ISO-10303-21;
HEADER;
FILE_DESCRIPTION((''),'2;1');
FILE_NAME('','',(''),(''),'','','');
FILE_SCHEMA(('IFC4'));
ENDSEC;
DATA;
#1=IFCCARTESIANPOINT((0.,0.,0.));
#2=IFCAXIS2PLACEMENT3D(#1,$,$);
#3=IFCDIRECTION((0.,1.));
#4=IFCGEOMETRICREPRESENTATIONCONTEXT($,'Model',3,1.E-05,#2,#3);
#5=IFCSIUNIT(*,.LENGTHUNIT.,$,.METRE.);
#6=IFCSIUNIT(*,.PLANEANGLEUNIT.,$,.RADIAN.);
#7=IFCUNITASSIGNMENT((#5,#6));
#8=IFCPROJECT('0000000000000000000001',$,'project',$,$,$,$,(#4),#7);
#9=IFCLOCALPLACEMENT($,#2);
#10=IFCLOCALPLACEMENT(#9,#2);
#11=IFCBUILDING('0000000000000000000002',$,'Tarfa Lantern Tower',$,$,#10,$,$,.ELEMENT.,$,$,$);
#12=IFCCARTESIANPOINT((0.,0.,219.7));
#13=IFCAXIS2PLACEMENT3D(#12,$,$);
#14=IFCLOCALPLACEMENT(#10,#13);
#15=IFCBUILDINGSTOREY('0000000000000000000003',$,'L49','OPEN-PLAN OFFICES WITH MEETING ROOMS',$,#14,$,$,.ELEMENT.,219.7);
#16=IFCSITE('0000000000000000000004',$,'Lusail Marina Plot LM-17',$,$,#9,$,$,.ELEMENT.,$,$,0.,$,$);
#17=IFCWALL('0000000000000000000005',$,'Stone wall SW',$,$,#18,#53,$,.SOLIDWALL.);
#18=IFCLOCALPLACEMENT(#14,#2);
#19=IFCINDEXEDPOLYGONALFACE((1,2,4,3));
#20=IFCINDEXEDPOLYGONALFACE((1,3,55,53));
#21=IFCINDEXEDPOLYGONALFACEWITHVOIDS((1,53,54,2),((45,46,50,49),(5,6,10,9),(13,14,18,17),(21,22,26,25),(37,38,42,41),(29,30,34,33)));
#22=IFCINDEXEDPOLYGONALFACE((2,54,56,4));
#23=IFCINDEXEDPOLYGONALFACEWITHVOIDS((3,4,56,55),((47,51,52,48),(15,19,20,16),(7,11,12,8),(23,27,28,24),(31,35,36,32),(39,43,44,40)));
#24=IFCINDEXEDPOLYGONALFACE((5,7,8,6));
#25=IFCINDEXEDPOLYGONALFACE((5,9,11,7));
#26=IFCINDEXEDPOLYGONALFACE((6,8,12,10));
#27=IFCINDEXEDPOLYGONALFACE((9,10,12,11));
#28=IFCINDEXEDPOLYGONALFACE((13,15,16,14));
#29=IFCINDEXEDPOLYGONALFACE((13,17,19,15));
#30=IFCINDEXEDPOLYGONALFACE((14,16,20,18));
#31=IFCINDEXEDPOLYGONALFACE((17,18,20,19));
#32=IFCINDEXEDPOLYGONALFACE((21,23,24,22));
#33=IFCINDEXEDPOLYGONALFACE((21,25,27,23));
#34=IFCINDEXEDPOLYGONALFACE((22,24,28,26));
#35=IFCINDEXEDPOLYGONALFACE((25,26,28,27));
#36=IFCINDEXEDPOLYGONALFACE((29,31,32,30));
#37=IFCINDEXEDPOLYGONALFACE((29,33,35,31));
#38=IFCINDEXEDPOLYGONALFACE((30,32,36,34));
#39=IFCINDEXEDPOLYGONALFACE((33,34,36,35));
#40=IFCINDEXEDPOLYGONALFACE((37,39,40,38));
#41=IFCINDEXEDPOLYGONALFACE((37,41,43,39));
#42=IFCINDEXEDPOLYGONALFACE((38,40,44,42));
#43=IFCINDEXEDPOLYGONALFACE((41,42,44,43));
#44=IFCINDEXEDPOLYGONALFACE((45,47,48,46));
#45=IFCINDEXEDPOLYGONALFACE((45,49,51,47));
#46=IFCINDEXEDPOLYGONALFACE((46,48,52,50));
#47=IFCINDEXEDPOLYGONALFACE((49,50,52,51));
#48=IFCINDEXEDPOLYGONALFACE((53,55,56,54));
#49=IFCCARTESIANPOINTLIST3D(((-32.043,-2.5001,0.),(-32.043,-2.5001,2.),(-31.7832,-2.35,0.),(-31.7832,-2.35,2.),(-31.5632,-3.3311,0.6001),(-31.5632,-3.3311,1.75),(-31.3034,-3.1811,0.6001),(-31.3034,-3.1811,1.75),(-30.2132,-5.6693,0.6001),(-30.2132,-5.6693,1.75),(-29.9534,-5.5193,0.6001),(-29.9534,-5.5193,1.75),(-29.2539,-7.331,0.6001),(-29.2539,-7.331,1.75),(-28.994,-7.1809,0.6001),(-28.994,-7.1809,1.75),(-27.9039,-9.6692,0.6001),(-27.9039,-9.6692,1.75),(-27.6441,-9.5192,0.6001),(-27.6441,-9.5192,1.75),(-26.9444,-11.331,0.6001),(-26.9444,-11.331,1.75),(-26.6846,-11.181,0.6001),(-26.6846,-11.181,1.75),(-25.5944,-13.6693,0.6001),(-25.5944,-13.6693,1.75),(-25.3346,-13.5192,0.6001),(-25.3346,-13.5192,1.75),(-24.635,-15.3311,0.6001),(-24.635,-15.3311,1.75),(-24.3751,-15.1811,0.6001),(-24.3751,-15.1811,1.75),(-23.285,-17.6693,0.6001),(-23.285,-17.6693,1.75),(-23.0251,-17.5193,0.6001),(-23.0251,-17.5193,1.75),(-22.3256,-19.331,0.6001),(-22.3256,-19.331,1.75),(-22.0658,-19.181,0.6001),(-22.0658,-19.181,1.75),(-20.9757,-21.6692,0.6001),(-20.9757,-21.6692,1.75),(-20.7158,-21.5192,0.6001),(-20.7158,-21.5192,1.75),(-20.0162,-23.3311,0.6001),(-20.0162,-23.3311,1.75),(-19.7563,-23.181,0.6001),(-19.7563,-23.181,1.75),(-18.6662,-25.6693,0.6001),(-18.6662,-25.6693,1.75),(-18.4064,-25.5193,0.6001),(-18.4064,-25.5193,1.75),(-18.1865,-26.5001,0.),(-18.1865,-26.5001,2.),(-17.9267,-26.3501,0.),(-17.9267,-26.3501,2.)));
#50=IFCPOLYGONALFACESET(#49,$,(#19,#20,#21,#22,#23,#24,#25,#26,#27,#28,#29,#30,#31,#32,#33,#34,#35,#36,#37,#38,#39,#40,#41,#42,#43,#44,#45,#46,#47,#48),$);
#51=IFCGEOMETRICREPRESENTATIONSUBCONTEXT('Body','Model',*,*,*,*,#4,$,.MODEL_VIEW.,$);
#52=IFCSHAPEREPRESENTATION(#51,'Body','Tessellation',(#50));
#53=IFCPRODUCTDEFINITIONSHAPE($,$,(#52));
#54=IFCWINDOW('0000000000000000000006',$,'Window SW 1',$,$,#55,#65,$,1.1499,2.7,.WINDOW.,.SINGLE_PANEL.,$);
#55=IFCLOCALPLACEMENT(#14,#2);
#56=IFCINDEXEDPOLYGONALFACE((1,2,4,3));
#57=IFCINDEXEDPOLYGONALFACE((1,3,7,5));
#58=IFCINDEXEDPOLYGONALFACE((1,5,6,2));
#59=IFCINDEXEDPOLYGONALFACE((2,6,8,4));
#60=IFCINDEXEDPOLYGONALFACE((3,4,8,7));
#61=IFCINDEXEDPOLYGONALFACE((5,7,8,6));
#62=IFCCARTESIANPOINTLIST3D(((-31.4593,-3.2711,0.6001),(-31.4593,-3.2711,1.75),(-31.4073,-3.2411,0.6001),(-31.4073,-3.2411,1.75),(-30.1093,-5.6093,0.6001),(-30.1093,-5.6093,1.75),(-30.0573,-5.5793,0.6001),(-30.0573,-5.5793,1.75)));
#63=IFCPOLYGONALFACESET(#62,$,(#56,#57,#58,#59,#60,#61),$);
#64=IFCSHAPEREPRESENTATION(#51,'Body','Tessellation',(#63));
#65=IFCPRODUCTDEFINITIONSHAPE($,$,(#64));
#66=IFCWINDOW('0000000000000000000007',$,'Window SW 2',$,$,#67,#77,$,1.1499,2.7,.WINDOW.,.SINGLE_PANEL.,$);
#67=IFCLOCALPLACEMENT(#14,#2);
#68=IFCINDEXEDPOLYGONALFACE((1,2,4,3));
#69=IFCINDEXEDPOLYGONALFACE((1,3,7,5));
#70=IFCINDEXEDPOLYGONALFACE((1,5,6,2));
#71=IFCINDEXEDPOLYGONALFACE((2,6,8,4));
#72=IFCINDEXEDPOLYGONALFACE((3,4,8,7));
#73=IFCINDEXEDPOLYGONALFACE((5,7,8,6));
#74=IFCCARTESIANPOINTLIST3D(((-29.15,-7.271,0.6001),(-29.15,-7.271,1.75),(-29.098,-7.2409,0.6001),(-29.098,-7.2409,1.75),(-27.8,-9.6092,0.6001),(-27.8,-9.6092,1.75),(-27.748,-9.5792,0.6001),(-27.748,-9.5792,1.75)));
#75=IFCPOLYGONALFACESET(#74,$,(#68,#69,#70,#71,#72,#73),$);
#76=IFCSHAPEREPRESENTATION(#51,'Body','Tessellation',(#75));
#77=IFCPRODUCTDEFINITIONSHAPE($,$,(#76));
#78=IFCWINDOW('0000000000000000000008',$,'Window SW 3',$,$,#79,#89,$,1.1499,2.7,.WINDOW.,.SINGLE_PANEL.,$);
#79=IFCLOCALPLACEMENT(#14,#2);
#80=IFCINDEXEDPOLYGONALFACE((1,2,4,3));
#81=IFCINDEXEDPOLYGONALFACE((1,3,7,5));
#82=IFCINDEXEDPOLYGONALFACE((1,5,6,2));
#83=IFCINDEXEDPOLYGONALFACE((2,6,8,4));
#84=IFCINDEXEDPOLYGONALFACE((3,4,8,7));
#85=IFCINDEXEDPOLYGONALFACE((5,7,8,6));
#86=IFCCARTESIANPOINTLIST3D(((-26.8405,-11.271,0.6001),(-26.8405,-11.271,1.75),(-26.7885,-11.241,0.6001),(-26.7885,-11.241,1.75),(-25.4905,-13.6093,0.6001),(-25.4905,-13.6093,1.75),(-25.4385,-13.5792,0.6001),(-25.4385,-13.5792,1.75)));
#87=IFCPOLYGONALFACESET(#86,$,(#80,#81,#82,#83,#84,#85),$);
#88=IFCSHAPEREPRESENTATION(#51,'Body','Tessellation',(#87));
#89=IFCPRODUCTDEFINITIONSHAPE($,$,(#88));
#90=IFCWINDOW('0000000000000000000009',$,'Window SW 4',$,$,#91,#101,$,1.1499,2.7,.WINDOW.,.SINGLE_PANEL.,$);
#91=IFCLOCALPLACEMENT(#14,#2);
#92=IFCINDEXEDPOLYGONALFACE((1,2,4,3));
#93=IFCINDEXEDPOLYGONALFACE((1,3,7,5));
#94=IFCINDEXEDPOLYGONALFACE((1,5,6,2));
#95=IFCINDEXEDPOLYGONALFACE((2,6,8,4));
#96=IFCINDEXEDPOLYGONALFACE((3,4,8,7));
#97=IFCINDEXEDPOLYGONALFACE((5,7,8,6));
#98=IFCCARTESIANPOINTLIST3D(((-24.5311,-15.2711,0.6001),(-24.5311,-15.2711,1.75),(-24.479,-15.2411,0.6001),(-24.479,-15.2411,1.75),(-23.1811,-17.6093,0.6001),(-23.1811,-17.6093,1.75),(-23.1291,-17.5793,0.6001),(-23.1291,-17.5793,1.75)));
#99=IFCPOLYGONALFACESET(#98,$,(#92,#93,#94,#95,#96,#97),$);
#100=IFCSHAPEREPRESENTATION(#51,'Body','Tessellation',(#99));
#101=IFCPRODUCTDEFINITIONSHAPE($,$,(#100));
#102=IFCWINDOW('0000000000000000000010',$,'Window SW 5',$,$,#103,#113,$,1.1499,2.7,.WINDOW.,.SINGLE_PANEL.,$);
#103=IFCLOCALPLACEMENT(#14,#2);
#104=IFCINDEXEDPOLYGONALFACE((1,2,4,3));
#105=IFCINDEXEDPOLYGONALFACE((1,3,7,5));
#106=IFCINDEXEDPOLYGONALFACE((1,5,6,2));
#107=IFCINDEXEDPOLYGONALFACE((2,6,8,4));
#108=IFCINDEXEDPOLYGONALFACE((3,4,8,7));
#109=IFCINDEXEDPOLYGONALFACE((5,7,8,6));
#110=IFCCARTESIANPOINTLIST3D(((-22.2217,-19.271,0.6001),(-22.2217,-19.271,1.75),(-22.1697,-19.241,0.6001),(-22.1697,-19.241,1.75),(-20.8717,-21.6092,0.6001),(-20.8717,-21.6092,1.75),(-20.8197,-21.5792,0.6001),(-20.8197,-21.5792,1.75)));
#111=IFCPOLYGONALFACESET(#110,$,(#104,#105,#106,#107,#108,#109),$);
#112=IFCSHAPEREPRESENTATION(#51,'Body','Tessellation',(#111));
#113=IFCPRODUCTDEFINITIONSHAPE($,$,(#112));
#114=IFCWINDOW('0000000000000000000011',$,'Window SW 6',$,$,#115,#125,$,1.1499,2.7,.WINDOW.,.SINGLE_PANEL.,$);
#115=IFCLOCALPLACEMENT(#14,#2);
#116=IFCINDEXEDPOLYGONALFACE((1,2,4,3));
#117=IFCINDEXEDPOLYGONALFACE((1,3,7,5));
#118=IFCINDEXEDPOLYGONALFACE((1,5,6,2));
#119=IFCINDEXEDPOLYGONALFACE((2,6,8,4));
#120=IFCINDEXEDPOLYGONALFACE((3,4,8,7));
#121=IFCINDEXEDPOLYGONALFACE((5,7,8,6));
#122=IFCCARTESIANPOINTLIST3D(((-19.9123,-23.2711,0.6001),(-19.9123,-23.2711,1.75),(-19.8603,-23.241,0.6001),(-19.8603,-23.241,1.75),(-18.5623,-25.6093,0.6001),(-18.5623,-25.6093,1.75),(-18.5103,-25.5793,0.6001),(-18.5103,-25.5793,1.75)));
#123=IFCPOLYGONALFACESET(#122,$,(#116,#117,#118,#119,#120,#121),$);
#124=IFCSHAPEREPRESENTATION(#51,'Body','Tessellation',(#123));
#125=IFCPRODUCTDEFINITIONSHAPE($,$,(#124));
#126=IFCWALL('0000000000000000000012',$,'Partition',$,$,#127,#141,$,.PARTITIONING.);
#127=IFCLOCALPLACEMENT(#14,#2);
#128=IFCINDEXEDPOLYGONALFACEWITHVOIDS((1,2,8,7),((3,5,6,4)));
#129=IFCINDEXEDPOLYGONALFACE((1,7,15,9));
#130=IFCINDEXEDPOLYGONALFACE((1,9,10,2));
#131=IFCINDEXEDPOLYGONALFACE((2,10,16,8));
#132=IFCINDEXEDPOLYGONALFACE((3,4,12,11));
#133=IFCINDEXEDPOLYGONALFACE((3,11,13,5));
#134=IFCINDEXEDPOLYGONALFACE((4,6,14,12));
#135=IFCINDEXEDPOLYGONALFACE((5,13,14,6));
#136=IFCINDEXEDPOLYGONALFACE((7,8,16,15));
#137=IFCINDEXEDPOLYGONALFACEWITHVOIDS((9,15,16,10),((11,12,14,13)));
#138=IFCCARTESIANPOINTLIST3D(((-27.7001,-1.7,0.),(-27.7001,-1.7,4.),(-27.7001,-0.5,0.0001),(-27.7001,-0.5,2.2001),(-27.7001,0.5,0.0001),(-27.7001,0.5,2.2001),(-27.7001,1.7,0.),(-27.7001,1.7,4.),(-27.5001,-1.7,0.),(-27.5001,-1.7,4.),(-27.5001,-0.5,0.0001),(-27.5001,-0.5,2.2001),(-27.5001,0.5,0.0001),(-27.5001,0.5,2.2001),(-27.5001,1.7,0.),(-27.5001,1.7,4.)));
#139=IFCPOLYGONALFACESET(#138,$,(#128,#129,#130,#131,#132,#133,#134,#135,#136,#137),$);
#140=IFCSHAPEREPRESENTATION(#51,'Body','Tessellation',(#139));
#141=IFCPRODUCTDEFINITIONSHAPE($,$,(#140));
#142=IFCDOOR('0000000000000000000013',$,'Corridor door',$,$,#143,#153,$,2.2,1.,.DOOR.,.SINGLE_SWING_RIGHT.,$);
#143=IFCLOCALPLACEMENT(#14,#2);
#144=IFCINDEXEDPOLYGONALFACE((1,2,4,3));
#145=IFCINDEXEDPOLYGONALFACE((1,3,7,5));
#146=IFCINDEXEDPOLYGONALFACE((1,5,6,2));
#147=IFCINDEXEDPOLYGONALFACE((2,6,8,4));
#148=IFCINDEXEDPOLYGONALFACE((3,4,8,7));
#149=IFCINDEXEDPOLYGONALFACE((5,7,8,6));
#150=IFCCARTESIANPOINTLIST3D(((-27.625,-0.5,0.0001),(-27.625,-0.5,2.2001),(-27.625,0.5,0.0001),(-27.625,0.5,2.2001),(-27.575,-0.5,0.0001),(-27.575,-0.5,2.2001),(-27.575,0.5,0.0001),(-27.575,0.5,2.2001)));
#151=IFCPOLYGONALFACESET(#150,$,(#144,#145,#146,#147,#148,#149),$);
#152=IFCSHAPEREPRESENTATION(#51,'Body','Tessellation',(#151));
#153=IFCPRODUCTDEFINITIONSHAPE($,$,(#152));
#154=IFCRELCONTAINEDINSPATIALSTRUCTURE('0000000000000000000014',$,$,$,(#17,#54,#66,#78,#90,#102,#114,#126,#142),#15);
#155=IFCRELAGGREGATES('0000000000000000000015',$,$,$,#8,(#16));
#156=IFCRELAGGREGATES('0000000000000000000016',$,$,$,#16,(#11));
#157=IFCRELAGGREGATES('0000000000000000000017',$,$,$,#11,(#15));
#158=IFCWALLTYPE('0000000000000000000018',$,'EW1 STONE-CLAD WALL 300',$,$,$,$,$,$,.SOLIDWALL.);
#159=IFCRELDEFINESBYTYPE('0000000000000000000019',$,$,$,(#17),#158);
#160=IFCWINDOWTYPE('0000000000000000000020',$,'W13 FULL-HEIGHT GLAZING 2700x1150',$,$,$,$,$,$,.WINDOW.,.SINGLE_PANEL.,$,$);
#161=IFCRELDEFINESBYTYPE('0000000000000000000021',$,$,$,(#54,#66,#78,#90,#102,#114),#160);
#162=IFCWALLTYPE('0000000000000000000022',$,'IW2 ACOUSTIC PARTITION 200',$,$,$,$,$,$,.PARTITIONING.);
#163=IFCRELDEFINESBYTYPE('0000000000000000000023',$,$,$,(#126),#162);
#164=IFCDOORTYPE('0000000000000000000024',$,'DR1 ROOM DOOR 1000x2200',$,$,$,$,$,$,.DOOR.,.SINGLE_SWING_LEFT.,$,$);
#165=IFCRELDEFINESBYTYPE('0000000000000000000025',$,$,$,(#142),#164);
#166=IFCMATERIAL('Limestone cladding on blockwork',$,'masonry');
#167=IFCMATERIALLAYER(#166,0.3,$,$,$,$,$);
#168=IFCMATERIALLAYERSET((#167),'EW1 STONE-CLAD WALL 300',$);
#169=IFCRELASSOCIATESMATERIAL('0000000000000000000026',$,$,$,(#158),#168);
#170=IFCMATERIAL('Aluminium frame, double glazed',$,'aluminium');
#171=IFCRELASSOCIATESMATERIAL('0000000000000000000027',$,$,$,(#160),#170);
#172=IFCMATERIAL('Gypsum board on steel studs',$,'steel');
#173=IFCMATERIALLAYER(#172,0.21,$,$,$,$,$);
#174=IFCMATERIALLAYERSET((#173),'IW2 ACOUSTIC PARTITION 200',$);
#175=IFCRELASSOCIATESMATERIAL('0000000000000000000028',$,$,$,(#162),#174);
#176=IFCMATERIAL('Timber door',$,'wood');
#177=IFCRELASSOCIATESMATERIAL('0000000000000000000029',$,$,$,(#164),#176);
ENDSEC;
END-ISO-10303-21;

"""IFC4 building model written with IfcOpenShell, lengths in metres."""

from ifc_helpers import new_model, si_unit, direction, frame, frame_2d, origin, place, context, subcontext, project, spatial, rectangle, extrude, material, layer, layer_set, type_object, element, fill, save


model = new_model("IFC4")

# Units and contexts
model_context = context("Model", 3, precision=1e-05, world=origin(), true_north=direction((0.0, 1.0)))
body_context = subcontext(model_context, "Body", "Model", "MODEL_VIEW")
ifc_project = project(units=[si_unit("LENGTHUNIT", "METRE"), si_unit("PLANEANGLEUNIT", "RADIAN")], contexts=[model_context])

# Site, building, storey
site_placement = place(None, origin())
site = spatial("IfcSite", under=ifc_project, at=site_placement, Name="Lusail Marina Plot LM-17", CompositionType="ELEMENT", RefElevation=0.0)
building_placement = place(site_placement, origin())
building = spatial("IfcBuilding", under=site, at=building_placement, Name="Tarfa Lantern Tower", CompositionType="ELEMENT")
storey_placement = place(building_placement, frame((0.0, 0.0, 219.7)))
storey = spatial("IfcBuildingStorey", under=building, at=storey_placement, Name="L49", Description="OPEN-PLAN OFFICES WITH MEETING ROOMS", CompositionType="ELEMENT", Elevation=219.7)

# Wall, openings, windows
ifc_material_1 = material(Name="Limestone cladding on blockwork", Category="masonry")
ifc_layer_1 = layer(ifc_material_1, 0.3)
ifc_layer_set_1 = layer_set([ifc_layer_1], Name="EW1 STONE-CLAD WALL 300")
wall_type_1 = type_object("IfcWallType", Name="EW1 STONE-CLAD WALL 300", PredefinedType="SOLIDWALL", material=ifc_layer_set_1)
wall_1_placement = place(storey_placement, frame((-31.9131, -2.425, 0.0), z_axis=(0.0, 0.0, 1.0), x_axis=(0.500001, -0.866025, 0.0)))
wall_1 = element("IfcWall", 1, at=wall_1_placement, inside=storey, type_object=wall_type_1, Name="Stone wall SW", PredefinedType="SOLIDWALL", context=body_context, shape_type="SweptSolid", body=[
    extrude(rectangle(XDim=27.7129, YDim=0.3, at=frame_2d((13.8564, 0.0))), origin(), (0.0, 0.0, 1.0), 2.0),
])
opening_1_placement = place(wall_1_placement, frame((0.9595, 0.0, 0.6001)))
opening_1 = element("IfcOpeningElement", 2, at=opening_1_placement, cuts=wall_1, PredefinedType="OPENING", context=body_context, shape_type="SweptSolid", body=[
    extrude(rectangle(XDim=2.7, YDim=1.1499, at=frame_2d((1.3501, 0.575))), frame((0.0, 0.1599, 0.0), z_axis=(0.0, -1.0, 0.0), x_axis=(1.0, 0.0, 0.0)), (0.0, 0.0, 1.0), 0.3201),
])
opening_2_placement = place(wall_1_placement, frame((5.5781, 0.0, 0.6001)))
opening_2 = element("IfcOpeningElement", 3, at=opening_2_placement, cuts=wall_1, PredefinedType="OPENING", context=body_context, shape_type="SweptSolid", body=[
    extrude(rectangle(XDim=2.7, YDim=1.1499, at=frame_2d((1.3501, 0.575))), frame((0.0, 0.1599, 0.0), z_axis=(0.0, -1.0, 0.0), x_axis=(1.0, 0.0, 0.0)), (0.0, 0.0, 1.0), 0.3201),
])
opening_3_placement = place(wall_1_placement, frame((10.197, 0.0, 0.6001)))
opening_3 = element("IfcOpeningElement", 4, at=opening_3_placement, cuts=wall_1, PredefinedType="OPENING", context=body_context, shape_type="SweptSolid", body=[
    extrude(rectangle(XDim=2.7, YDim=1.1499, at=frame_2d((1.3501, 0.575))), frame((0.0, 0.1599, 0.0), z_axis=(0.0, -1.0, 0.0), x_axis=(1.0, 0.0, 0.0)), (0.0, 0.0, 1.0), 0.3201),
])
opening_4_placement = place(wall_1_placement, frame((14.8159, 0.0, 0.6001)))
opening_4 = element("IfcOpeningElement", 5, at=opening_4_placement, cuts=wall_1, PredefinedType="OPENING", context=body_context, shape_type="SweptSolid", body=[
    extrude(rectangle(XDim=2.7, YDim=1.1499, at=frame_2d((1.3501, 0.575))), frame((0.0, 0.1599, 0.0), z_axis=(0.0, -1.0, 0.0), x_axis=(1.0, 0.0, 0.0)), (0.0, 0.0, 1.0), 0.3201),
])
opening_5_placement = place(wall_1_placement, frame((19.4346, 0.0, 0.6001)))
opening_5 = element("IfcOpeningElement", 6, at=opening_5_placement, cuts=wall_1, PredefinedType="OPENING", context=body_context, shape_type="SweptSolid", body=[
    extrude(rectangle(XDim=2.7, YDim=1.1499, at=frame_2d((1.3501, 0.575))), frame((0.0, 0.1599, 0.0), z_axis=(0.0, -1.0, 0.0), x_axis=(1.0, 0.0, 0.0)), (0.0, 0.0, 1.0), 0.3201),
])
opening_6_placement = place(wall_1_placement, frame((24.0535, 0.0, 0.6001)))
opening_6 = element("IfcOpeningElement", 7, at=opening_6_placement, cuts=wall_1, PredefinedType="OPENING", context=body_context, shape_type="SweptSolid", body=[
    extrude(rectangle(XDim=2.7, YDim=1.1499, at=frame_2d((1.3501, 0.575))), frame((0.0, 0.1599, 0.0), z_axis=(0.0, -1.0, 0.0), x_axis=(1.0, 0.0, 0.0)), (0.0, 0.0, 1.0), 0.3201),
])
ifc_material_2 = material(Name="Aluminium frame, double glazed", Category="aluminium")
window_type = type_object("IfcWindowType", Name="W13 FULL-HEIGHT GLAZING 2700x1150", PartitioningType="SINGLE_PANEL", PredefinedType="WINDOW", material=ifc_material_2)
window_1_placement = place(opening_1_placement, origin())
window_1 = element("IfcWindow", 8, at=window_1_placement, inside=storey, type_object=window_type, Name="Window SW 1", OverallHeight=1.1499, OverallWidth=2.7, PartitioningType="SINGLE_PANEL", PredefinedType="WINDOW", context=body_context, shape_type="SweptSolid", body=[
    extrude(rectangle(XDim=2.7, YDim=1.1499, at=frame_2d((1.3501, 0.575))), frame((0.0, 0.03, 0.0), z_axis=(0.0, -1.0, 0.0), x_axis=(1.0, 0.0, 0.0)), (0.0, 0.0, 1.0), 0.0601),
])
fill(opening_1, window_1)
window_2_placement = place(opening_2_placement, origin())
window_2 = element("IfcWindow", 9, at=window_2_placement, inside=storey, type_object=window_type, Name="Window SW 2", OverallHeight=1.1499, OverallWidth=2.7, PartitioningType="SINGLE_PANEL", PredefinedType="WINDOW", context=body_context, shape_type="SweptSolid", body=[
    extrude(rectangle(XDim=2.7, YDim=1.1499, at=frame_2d((1.3501, 0.575))), frame((0.0, 0.03, 0.0), z_axis=(0.0, -1.0, 0.0), x_axis=(1.0, 0.0, 0.0)), (0.0, 0.0, 1.0), 0.0601),
])
fill(opening_2, window_2)
window_3_placement = place(opening_3_placement, origin())
window_3 = element("IfcWindow", 10, at=window_3_placement, inside=storey, type_object=window_type, Name="Window SW 3", OverallHeight=1.1499, OverallWidth=2.7, PartitioningType="SINGLE_PANEL", PredefinedType="WINDOW", context=body_context, shape_type="SweptSolid", body=[
    extrude(rectangle(XDim=2.7, YDim=1.1499, at=frame_2d((1.3501, 0.575))), frame((0.0, 0.03, 0.0), z_axis=(0.0, -1.0, 0.0), x_axis=(1.0, 0.0, 0.0)), (0.0, 0.0, 1.0), 0.0601),
])
fill(opening_3, window_3)
window_4_placement = place(opening_4_placement, origin())
window_4 = element("IfcWindow", 11, at=window_4_placement, inside=storey, type_object=window_type, Name="Window SW 4", OverallHeight=1.1499, OverallWidth=2.7, PartitioningType="SINGLE_PANEL", PredefinedType="WINDOW", context=body_context, shape_type="SweptSolid", body=[
    extrude(rectangle(XDim=2.7, YDim=1.1499, at=frame_2d((1.3501, 0.575))), frame((0.0, 0.03, 0.0), z_axis=(0.0, -1.0, 0.0), x_axis=(1.0, 0.0, 0.0)), (0.0, 0.0, 1.0), 0.0601),
])
fill(opening_4, window_4)
window_5_placement = place(opening_5_placement, origin())
window_5 = element("IfcWindow", 12, at=window_5_placement, inside=storey, type_object=window_type, Name="Window SW 5", OverallHeight=1.1499, OverallWidth=2.7, PartitioningType="SINGLE_PANEL", PredefinedType="WINDOW", context=body_context, shape_type="SweptSolid", body=[
    extrude(rectangle(XDim=2.7, YDim=1.1499, at=frame_2d((1.3501, 0.575))), frame((0.0, 0.03, 0.0), z_axis=(0.0, -1.0, 0.0), x_axis=(1.0, 0.0, 0.0)), (0.0, 0.0, 1.0), 0.0601),
])
fill(opening_5, window_5)
window_6_placement = place(opening_6_placement, origin())
window_6 = element("IfcWindow", 13, at=window_6_placement, inside=storey, type_object=window_type, Name="Window SW 6", OverallHeight=1.1499, OverallWidth=2.7, PartitioningType="SINGLE_PANEL", PredefinedType="WINDOW", context=body_context, shape_type="SweptSolid", body=[
    extrude(rectangle(XDim=2.7, YDim=1.1499, at=frame_2d((1.3501, 0.575))), frame((0.0, 0.03, 0.0), z_axis=(0.0, -1.0, 0.0), x_axis=(1.0, 0.0, 0.0)), (0.0, 0.0, 1.0), 0.0601),
])
fill(opening_6, window_6)

# Wall, opening, door
ifc_material_3 = material(Name="Gypsum board on steel studs", Category="steel")
ifc_layer_2 = layer(ifc_material_3, 0.21)
ifc_layer_set_2 = layer_set([ifc_layer_2], Name="IW2 ACOUSTIC PARTITION 200")
wall_type_2 = type_object("IfcWallType", Name="IW2 ACOUSTIC PARTITION 200", PredefinedType="PARTITIONING", material=ifc_layer_set_2)
wall_2_placement = place(storey_placement, frame((-27.6001, -1.7, 0.0), z_axis=(0.0, 0.0, 1.0), x_axis=(0.0, 1.0, 0.0)))
wall_2 = element("IfcWall", 14, at=wall_2_placement, inside=storey, type_object=wall_type_2, Name="Partition", PredefinedType="PARTITIONING", context=body_context, shape_type="SweptSolid", body=[
    extrude(rectangle(XDim=3.3999, YDim=0.2, at=frame_2d((1.7, 0.0))), origin(), (0.0, 0.0, 1.0), 4.0),
])
opening_7_placement = place(wall_2_placement, frame((1.2, 0.0, 0.0)))
opening_7 = element("IfcOpeningElement", 15, at=opening_7_placement, cuts=wall_2, PredefinedType="OPENING", context=body_context, shape_type="SweptSolid", body=[
    extrude(rectangle(XDim=1.0, YDim=2.2, at=frame_2d((0.5, 1.1001))), frame((0.0, 0.1099, 0.0), z_axis=(0.0, -1.0, 0.0), x_axis=(1.0, 0.0, 0.0)), (0.0, 0.0, 1.0), 0.22),
])
ifc_material_4 = material(Name="Timber door", Category="wood")
door_type = type_object("IfcDoorType", Name="DR1 ROOM DOOR 1000x2200", OperationType="SINGLE_SWING_LEFT", PredefinedType="DOOR", material=ifc_material_4)
door_placement = place(opening_7_placement, origin())
door = element("IfcDoor", 16, at=door_placement, inside=storey, type_object=door_type, Name="Corridor door", OperationType="SINGLE_SWING_RIGHT", OverallHeight=2.2, OverallWidth=1.0, PredefinedType="DOOR", context=body_context, shape_type="SweptSolid", body=[
    extrude(rectangle(XDim=1.0, YDim=2.2, at=frame_2d((0.5, 1.1001))), frame((0.0, 0.0249, 0.0), z_axis=(0.0, -1.0, 0.0), x_axis=(1.0, 0.0, 0.0)), (0.0, 0.0, 1.0), 0.05),
])
fill(opening_7, door)

save(model, "model.ifc")
